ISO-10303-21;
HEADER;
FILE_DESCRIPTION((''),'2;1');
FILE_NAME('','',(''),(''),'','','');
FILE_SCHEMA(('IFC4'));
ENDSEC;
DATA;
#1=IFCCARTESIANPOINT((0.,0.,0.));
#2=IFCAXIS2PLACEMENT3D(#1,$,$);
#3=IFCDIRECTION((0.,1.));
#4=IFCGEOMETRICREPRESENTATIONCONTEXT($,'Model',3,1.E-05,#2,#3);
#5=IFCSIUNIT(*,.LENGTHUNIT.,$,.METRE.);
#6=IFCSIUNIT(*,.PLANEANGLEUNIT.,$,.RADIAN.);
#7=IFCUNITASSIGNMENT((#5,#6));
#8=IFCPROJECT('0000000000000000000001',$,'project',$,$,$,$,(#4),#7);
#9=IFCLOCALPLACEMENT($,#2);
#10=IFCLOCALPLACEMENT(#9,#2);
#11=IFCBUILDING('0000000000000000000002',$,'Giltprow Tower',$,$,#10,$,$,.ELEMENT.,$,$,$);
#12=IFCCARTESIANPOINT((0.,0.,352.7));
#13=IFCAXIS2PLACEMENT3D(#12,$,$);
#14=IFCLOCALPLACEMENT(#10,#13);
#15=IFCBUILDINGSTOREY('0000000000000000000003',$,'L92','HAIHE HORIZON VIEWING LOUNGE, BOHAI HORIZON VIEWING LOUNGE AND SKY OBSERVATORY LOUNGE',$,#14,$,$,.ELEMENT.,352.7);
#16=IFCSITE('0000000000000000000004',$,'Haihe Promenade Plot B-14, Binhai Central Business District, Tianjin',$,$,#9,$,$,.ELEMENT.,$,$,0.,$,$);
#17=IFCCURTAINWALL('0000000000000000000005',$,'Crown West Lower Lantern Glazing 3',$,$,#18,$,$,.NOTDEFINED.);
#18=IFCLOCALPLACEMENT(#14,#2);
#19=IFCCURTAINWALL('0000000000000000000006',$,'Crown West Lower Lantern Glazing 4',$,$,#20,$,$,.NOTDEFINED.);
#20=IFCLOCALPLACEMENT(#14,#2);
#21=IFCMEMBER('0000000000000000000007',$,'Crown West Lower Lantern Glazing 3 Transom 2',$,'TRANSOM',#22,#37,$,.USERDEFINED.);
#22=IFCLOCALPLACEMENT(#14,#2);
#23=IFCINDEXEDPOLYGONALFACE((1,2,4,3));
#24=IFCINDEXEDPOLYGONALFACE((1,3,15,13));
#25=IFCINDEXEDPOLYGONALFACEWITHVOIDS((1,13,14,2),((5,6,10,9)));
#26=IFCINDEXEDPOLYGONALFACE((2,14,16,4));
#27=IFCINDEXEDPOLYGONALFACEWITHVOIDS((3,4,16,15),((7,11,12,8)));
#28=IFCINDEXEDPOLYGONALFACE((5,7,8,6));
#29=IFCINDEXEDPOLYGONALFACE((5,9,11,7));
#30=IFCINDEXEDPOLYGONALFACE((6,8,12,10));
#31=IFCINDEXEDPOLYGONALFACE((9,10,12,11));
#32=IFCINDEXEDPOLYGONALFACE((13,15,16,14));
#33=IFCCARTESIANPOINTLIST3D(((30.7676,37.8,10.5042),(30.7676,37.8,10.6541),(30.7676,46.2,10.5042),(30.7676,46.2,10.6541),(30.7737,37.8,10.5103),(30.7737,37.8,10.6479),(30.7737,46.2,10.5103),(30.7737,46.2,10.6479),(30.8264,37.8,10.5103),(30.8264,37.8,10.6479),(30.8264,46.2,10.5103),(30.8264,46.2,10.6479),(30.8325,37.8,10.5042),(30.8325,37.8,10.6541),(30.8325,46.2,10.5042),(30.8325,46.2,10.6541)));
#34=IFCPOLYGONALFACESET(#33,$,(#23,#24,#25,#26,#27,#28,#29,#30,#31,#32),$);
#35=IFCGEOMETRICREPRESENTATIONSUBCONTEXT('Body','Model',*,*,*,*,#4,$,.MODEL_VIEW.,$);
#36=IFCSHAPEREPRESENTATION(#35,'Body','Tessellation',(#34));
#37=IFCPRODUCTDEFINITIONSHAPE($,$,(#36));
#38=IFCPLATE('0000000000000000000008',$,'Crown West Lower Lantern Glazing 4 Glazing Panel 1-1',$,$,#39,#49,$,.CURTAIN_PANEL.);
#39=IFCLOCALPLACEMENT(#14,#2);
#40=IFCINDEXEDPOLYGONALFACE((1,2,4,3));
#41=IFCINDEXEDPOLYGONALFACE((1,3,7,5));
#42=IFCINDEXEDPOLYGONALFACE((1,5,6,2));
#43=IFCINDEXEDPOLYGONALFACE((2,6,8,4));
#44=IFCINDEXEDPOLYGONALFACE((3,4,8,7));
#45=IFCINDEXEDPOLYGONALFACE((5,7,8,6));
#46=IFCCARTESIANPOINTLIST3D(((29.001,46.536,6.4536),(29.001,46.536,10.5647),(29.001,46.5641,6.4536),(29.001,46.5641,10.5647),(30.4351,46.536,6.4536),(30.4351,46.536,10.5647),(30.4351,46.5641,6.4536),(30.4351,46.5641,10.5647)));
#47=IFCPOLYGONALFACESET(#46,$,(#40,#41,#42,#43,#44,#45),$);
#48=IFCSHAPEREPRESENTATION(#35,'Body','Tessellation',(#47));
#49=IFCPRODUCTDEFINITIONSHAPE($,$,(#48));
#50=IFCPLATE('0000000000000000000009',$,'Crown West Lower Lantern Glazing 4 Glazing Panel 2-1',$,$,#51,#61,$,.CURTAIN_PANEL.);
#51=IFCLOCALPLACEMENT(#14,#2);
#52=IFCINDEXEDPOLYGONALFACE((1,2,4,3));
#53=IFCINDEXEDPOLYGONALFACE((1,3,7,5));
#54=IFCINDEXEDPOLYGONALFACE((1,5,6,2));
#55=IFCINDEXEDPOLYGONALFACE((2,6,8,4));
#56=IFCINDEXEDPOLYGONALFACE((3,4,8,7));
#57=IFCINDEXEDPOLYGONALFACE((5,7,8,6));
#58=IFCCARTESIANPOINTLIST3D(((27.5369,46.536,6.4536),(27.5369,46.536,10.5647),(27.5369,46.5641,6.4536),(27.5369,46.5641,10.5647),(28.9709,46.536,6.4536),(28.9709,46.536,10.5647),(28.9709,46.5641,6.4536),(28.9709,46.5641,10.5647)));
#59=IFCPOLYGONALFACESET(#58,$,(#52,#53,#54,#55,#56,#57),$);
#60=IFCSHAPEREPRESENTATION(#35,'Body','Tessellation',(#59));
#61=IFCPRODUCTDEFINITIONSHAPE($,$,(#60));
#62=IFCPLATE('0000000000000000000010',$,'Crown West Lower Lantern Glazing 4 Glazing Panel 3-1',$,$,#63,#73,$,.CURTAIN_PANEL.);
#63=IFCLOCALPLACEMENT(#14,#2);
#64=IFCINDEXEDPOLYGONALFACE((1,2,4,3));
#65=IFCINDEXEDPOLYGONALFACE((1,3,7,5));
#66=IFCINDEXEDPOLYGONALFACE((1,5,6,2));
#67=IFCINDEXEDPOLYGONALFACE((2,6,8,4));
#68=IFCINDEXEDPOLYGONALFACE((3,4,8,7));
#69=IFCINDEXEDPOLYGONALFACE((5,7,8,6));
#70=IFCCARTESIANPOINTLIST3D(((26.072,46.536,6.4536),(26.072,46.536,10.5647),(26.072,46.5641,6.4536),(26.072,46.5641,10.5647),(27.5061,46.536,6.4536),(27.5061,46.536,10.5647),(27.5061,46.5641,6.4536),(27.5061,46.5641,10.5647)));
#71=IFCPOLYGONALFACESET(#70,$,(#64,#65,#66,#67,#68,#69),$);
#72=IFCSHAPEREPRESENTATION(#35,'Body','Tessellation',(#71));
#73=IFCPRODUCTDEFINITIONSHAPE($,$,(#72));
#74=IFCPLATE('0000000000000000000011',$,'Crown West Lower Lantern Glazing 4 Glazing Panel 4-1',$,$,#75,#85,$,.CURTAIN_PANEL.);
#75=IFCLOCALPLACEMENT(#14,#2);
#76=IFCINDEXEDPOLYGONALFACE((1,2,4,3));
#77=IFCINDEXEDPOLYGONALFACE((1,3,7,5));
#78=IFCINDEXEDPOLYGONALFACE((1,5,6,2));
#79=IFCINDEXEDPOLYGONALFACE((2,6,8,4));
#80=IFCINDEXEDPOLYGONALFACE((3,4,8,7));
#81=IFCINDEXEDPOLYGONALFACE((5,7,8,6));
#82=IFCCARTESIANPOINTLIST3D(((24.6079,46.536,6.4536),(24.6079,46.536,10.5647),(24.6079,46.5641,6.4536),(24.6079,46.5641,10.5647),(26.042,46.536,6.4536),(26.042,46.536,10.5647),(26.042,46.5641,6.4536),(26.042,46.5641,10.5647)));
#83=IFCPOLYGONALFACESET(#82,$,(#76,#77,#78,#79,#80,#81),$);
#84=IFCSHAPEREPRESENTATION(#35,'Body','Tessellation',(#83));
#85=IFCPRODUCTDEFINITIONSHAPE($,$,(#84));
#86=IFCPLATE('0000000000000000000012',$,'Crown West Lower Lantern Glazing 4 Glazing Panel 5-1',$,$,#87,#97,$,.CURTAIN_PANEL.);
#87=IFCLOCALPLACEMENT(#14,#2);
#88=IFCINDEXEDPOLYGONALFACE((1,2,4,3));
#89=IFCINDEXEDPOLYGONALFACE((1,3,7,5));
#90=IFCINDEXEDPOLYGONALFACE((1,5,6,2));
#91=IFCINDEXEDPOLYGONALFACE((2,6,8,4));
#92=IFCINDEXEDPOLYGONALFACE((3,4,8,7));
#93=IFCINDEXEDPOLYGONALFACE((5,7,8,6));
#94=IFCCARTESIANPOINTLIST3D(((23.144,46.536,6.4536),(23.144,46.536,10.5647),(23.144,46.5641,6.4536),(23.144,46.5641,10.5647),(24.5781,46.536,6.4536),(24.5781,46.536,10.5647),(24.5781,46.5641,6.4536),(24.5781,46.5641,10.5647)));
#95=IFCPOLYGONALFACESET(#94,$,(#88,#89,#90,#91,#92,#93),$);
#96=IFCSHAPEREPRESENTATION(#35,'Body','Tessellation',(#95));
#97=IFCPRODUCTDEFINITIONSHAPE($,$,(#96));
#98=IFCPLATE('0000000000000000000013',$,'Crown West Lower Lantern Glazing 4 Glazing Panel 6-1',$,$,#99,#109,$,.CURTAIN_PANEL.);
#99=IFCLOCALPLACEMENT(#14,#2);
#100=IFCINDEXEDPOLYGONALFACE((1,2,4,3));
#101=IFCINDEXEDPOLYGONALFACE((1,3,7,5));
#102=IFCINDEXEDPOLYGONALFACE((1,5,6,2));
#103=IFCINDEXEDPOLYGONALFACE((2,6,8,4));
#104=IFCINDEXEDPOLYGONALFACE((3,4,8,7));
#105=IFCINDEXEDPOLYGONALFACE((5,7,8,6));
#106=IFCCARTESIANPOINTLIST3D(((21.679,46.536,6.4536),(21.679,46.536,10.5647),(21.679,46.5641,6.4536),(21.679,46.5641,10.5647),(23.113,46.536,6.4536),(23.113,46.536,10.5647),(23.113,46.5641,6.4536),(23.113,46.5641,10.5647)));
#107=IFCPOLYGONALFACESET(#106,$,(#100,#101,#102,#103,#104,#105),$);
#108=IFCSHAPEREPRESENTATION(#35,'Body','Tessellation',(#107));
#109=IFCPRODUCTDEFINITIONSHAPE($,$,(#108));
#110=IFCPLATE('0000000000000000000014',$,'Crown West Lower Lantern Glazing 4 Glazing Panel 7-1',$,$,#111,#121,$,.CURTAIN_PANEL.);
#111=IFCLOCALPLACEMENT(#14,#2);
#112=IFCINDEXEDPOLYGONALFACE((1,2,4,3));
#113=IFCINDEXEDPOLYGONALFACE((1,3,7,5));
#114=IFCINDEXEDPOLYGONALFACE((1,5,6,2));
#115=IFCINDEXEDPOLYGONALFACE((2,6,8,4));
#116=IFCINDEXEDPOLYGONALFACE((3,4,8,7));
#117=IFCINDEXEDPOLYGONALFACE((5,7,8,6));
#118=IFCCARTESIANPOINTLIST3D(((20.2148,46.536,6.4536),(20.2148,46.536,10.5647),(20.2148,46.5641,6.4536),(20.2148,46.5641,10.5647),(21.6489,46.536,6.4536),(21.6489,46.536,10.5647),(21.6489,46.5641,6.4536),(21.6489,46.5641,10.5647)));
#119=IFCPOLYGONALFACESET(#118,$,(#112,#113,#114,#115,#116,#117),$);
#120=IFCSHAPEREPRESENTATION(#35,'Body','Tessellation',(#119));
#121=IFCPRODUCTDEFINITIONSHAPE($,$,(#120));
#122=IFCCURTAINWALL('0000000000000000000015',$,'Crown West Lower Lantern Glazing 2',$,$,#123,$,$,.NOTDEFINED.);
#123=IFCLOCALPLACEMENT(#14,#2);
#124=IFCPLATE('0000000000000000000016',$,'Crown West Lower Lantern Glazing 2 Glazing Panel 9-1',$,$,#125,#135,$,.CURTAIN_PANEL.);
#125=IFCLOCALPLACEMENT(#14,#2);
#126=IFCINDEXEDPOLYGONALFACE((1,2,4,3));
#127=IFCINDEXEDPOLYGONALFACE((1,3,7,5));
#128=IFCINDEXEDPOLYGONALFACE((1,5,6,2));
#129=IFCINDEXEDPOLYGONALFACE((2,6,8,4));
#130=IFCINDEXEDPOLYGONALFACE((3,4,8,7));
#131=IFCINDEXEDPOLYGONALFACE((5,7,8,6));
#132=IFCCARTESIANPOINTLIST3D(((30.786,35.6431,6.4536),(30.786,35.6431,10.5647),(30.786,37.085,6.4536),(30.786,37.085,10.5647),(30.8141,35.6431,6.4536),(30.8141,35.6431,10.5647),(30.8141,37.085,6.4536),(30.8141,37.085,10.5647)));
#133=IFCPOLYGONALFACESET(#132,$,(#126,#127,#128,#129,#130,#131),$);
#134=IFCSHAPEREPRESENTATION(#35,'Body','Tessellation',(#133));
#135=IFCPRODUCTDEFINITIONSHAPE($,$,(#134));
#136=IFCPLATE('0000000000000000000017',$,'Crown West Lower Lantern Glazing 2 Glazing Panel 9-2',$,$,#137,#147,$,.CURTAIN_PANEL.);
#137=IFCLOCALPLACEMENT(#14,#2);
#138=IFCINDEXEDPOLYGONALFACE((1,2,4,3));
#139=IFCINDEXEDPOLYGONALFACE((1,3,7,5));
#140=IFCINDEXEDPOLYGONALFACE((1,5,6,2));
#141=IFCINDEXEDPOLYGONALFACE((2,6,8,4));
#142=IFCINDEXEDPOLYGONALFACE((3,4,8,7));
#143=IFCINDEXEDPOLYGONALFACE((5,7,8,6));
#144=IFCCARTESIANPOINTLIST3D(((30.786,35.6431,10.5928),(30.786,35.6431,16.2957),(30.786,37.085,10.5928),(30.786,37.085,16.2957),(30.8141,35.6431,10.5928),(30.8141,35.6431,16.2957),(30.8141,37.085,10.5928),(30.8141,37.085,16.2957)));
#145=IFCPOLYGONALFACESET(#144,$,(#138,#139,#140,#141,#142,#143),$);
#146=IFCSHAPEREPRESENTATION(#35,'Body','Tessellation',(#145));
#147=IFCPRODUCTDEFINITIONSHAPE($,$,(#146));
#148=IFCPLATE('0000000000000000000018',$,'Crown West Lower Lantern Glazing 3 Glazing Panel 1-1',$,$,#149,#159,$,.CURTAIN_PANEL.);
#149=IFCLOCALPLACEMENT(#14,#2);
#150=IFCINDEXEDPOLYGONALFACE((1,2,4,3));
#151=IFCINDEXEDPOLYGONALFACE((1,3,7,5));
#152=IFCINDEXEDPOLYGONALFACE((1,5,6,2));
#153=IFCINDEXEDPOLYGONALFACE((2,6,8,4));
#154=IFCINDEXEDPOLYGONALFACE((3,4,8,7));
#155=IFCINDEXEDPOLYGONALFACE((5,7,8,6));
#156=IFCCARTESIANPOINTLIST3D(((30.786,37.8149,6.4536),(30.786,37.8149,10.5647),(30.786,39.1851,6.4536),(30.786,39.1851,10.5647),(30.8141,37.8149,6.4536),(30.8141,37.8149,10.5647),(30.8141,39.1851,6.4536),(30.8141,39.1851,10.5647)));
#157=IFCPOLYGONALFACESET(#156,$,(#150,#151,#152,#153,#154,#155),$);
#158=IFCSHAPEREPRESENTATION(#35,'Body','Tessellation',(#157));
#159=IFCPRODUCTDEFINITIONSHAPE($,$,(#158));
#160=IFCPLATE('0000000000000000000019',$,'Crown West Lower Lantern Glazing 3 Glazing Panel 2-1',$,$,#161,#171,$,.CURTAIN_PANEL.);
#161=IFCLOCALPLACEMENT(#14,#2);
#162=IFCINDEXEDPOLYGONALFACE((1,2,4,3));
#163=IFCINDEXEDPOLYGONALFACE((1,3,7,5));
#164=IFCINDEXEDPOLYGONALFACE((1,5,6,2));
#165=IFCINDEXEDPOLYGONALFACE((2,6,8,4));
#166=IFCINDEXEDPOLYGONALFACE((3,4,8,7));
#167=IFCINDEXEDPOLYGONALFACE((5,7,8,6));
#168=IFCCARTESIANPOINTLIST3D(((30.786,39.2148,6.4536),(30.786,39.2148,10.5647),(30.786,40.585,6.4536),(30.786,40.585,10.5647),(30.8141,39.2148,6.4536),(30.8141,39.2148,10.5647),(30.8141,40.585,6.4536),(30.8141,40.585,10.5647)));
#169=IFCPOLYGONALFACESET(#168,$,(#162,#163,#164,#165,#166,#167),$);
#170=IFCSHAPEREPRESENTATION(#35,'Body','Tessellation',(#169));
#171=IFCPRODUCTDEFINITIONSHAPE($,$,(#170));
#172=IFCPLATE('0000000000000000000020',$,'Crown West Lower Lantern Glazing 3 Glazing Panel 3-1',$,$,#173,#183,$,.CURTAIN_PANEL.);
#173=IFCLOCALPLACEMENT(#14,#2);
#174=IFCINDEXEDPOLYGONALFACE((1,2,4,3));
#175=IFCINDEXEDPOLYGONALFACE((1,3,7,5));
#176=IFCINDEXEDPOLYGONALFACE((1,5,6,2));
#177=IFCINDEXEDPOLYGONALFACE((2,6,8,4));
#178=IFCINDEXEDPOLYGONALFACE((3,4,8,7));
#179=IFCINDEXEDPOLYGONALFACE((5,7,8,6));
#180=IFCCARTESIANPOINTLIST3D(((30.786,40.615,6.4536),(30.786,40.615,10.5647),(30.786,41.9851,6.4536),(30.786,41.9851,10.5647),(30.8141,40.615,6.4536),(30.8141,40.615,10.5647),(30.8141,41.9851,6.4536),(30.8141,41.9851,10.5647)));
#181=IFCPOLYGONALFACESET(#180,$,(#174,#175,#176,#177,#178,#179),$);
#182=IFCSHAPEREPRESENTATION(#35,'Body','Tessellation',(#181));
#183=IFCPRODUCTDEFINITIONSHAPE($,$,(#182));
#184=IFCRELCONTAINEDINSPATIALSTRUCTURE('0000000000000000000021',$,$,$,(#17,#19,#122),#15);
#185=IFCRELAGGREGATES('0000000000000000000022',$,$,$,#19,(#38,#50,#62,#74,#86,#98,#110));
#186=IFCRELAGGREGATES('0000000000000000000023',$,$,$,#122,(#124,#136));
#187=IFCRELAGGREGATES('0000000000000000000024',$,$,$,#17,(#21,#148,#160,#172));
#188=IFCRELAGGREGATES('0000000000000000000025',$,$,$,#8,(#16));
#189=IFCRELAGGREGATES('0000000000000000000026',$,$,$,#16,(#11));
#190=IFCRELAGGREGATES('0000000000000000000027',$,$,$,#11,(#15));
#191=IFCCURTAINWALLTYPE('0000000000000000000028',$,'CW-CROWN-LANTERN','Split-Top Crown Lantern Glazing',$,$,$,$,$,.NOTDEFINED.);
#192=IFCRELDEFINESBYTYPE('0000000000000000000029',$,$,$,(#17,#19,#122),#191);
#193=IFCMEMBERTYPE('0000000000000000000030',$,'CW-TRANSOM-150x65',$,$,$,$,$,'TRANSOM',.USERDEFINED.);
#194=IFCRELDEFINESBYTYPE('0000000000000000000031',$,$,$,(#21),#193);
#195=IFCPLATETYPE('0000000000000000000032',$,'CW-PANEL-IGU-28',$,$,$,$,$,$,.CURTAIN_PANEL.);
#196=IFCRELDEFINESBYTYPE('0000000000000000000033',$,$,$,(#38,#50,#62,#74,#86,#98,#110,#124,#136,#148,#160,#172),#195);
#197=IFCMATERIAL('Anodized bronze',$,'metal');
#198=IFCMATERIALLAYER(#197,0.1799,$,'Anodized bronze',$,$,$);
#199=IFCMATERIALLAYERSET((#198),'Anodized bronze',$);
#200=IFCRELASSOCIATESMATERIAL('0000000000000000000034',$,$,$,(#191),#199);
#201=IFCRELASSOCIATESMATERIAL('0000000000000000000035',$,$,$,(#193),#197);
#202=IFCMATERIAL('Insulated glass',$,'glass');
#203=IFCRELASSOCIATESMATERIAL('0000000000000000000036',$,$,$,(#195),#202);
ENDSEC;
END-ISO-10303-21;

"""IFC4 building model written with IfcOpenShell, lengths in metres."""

from ifc_helpers import new_model, si_unit, direction, frame, origin, origin_2d, place, context, subcontext, project, spatial, rectangle, hollow_rectangle, extrude, source, transform, mapped, material, layer, layer_set, material_profile, profile_set, type_object, element, aggregate, save


model = new_model("IFC4")

# Units and contexts
model_context = context("Model", 3, precision=1e-05, world=origin(), true_north=direction((0.0, 1.0)))
body_context = subcontext(model_context, "Body", "Model", "MODEL_VIEW")
ifc_project = project(units=[si_unit("LENGTHUNIT", "METRE"), si_unit("PLANEANGLEUNIT", "RADIAN")], contexts=[model_context])

# Site, building, storey
site_placement = place(None, origin())
site = spatial("IfcSite", under=ifc_project, at=site_placement, Name="Haihe Promenade Plot B-14, Binhai Central Business District, Tianjin", CompositionType="ELEMENT", RefElevation=0.0)
building_placement = place(site_placement, origin())
building = spatial("IfcBuilding", under=site, at=building_placement, Name="Giltprow Tower", CompositionType="ELEMENT")
storey_placement = place(building_placement, frame((0.0, 0.0, 352.7)))
storey = spatial("IfcBuildingStorey", under=building, at=storey_placement, Name="L92", Description="HAIHE HORIZON VIEWING LOUNGE, BOHAI HORIZON VIEWING LOUNGE AND SKY OBSERVATORY LOUNGE", CompositionType="ELEMENT", Elevation=352.7)

# Curtain walls
ifc_material_1 = material(Name="Anodized bronze", Category="metal")
ifc_layer = layer(ifc_material_1, 0.1799, Name="Anodized bronze")
ifc_layer_set = layer_set([ifc_layer], Name="Anodized bronze")
curtain_wall_type = type_object("IfcCurtainWallType", Name="CW-CROWN-LANTERN", Description="Split-Top Crown Lantern Glazing", PredefinedType="NOTDEFINED", material=ifc_layer_set)
curtain_wall_1_placement = place(storey_placement, origin())
curtain_wall_1 = element("IfcCurtainWall", 1, at=curtain_wall_1_placement, inside=storey, type_object=curtain_wall_type, Name="Crown West Lower Lantern Glazing 3", PredefinedType="NOTDEFINED")
curtain_wall_2_placement = place(storey_placement, origin())
curtain_wall_2 = element("IfcCurtainWall", 2, at=curtain_wall_2_placement, inside=storey, type_object=curtain_wall_type, Name="Crown West Lower Lantern Glazing 4", PredefinedType="NOTDEFINED")
ifc_material_profile_1 = material_profile(ifc_material_1, hollow_rectangle(XDim=0.0649, YDim=0.1499, WallThickness=0.0061, at=origin_2d()), Name="RHS 150x65x6")
ifc_profile_set_1 = profile_set([ifc_material_profile_1], Name="Anodized bronze")
member_type_1 = type_object("IfcMemberType", Name="CW-TRANSOM-150x65", ElementType="TRANSOM", PredefinedType="USERDEFINED", material=ifc_profile_set_1)

# Member
shared_shape_1 = source(origin(), body_context, "Body", "SweptSolid", [
    extrude(hollow_rectangle(XDim=0.0649, YDim=0.1499, WallThickness=0.0061, at=origin_2d()), origin(), (0.0, 0.0, 1.0), 8.3999),
])
member_1_placement = place(storey_placement, frame((30.8, 37.8, 10.5791), z_axis=(0.0, 1.0, 0.0), x_axis=(-1.0, 0.0, 0.0)))
member_1 = element("IfcMember", 3, at=member_1_placement, type_object=member_type_1, Name="Crown West Lower Lantern Glazing 3 Transom 2", ObjectType="TRANSOM", PredefinedType="USERDEFINED", context=body_context, shape_type="MappedRepresentation", body=[
    mapped(shared_shape_1, transform((0.0, 0.0, 0.0), x_axis=(1.0, 0.0, 0.0), y_axis=(0.0, 1.0, 0.0), z_axis=(0.0, 0.0, 1.0), scale=1.0)),
])

# Plates
ifc_material_2 = material(Name="Insulated glass", Category="glass")
plate_type = type_object("IfcPlateType", Name="CW-PANEL-IGU-28", PredefinedType="CURTAIN_PANEL", material=ifc_material_2)
shared_shape_2 = source(origin(), body_context, "Body", "SweptSolid", [
    extrude(rectangle(XDim=1.4341, YDim=0.0281, at=origin_2d()), origin(), (0.0, 0.0, 1.0), 4.1111),
])
plate_1_placement = place(storey_placement, frame((29.718, 46.55, 6.4536), z_axis=(0.0, 0.0, 1.0), x_axis=(-1.0, 0.0, 0.0)))
plate_1 = element("IfcPlate", 4, at=plate_1_placement, type_object=plate_type, Name="Crown West Lower Lantern Glazing 4 Glazing Panel 1-1", PredefinedType="CURTAIN_PANEL", context=body_context, shape_type="MappedRepresentation", body=[
    mapped(shared_shape_2, transform((0.0, 0.0, 0.0), x_axis=(1.0, 0.0, 0.0), y_axis=(0.0, 1.0, 0.0), z_axis=(0.0, 0.0, 1.0), scale=1.0)),
])
plate_2_placement = place(storey_placement, frame((28.2539, 46.55, 6.4536), z_axis=(0.0, 0.0, 1.0), x_axis=(-1.0, 0.0, 0.0)))
plate_2 = element("IfcPlate", 5, at=plate_2_placement, type_object=plate_type, Name="Crown West Lower Lantern Glazing 4 Glazing Panel 2-1", PredefinedType="CURTAIN_PANEL", context=body_context, shape_type="MappedRepresentation", body=[
    mapped(shared_shape_2, transform((0.0, 0.0, 0.0), x_axis=(1.0, 0.0, 0.0), y_axis=(0.0, 1.0, 0.0), z_axis=(0.0, 0.0, 1.0), scale=1.0)),
])
plate_3_placement = place(storey_placement, frame((26.7891, 46.55, 6.4536), z_axis=(0.0, 0.0, 1.0), x_axis=(-1.0, 0.0, 0.0)))
plate_3 = element("IfcPlate", 6, at=plate_3_placement, type_object=plate_type, Name="Crown West Lower Lantern Glazing 4 Glazing Panel 3-1", PredefinedType="CURTAIN_PANEL", context=body_context, shape_type="MappedRepresentation", body=[
    mapped(shared_shape_2, transform((0.0, 0.0, 0.0), x_axis=(1.0, 0.0, 0.0), y_axis=(0.0, 1.0, 0.0), z_axis=(0.0, 0.0, 1.0), scale=1.0)),
])
plate_4_placement = place(storey_placement, frame((25.325, 46.55, 6.4536), z_axis=(0.0, 0.0, 1.0), x_axis=(-1.0, 0.0, 0.0)))
plate_4 = element("IfcPlate", 7, at=plate_4_placement, type_object=plate_type, Name="Crown West Lower Lantern Glazing 4 Glazing Panel 4-1", PredefinedType="CURTAIN_PANEL", context=body_context, shape_type="MappedRepresentation", body=[
    mapped(shared_shape_2, transform((0.0, 0.0, 0.0), x_axis=(1.0, 0.0, 0.0), y_axis=(0.0, 1.0, 0.0), z_axis=(0.0, 0.0, 1.0), scale=1.0)),
])
plate_5_placement = place(storey_placement, frame((23.8611, 46.55, 6.4536), z_axis=(0.0, 0.0, 1.0), x_axis=(-1.0, 0.0, 0.0)))
plate_5 = element("IfcPlate", 8, at=plate_5_placement, type_object=plate_type, Name="Crown West Lower Lantern Glazing 4 Glazing Panel 5-1", PredefinedType="CURTAIN_PANEL", context=body_context, shape_type="MappedRepresentation", body=[
    mapped(shared_shape_2, transform((0.0, 0.0, 0.0), x_axis=(1.0, 0.0, 0.0), y_axis=(0.0, 1.0, 0.0), z_axis=(0.0, 0.0, 1.0), scale=1.0)),
])
plate_6_placement = place(storey_placement, frame((22.396, 46.55, 6.4536), z_axis=(0.0, 0.0, 1.0), x_axis=(-1.0, 0.0, 0.0)))
plate_6 = element("IfcPlate", 9, at=plate_6_placement, type_object=plate_type, Name="Crown West Lower Lantern Glazing 4 Glazing Panel 6-1", PredefinedType="CURTAIN_PANEL", context=body_context, shape_type="MappedRepresentation", body=[
    mapped(shared_shape_2, transform((0.0, 0.0, 0.0), x_axis=(1.0, 0.0, 0.0), y_axis=(0.0, 1.0, 0.0), z_axis=(0.0, 0.0, 1.0), scale=1.0)),
])
plate_7_placement = place(storey_placement, frame((20.9319, 46.55, 6.4536), z_axis=(0.0, 0.0, 1.0), x_axis=(-1.0, 0.0, 0.0)))
plate_7 = element("IfcPlate", 10, at=plate_7_placement, type_object=plate_type, Name="Crown West Lower Lantern Glazing 4 Glazing Panel 7-1", PredefinedType="CURTAIN_PANEL", context=body_context, shape_type="MappedRepresentation", body=[
    mapped(shared_shape_2, transform((0.0, 0.0, 0.0), x_axis=(1.0, 0.0, 0.0), y_axis=(0.0, 1.0, 0.0), z_axis=(0.0, 0.0, 1.0), scale=1.0)),
])
aggregate(curtain_wall_2, [plate_1, plate_2, plate_3, plate_4, plate_5, plate_6, plate_7])

# Curtain wall, plates
curtain_wall_3_placement = place(storey_placement, origin())
curtain_wall_3 = element("IfcCurtainWall", 11, at=curtain_wall_3_placement, inside=storey, type_object=curtain_wall_type, Name="Crown West Lower Lantern Glazing 2", PredefinedType="NOTDEFINED")
shared_shape_3 = source(origin(), body_context, "Body", "SweptSolid", [
    extrude(rectangle(XDim=1.4419, YDim=0.0281, at=origin_2d()), origin(), (0.0, 0.0, 1.0), 4.1111),
])
plate_8_placement = place(storey_placement, frame((30.8, 36.364, 6.4536), z_axis=(0.0, 0.0, 1.0), x_axis=(0.0, 1.0, 0.0)))
plate_8 = element("IfcPlate", 12, at=plate_8_placement, type_object=plate_type, Name="Crown West Lower Lantern Glazing 2 Glazing Panel 9-1", PredefinedType="CURTAIN_PANEL", context=body_context, shape_type="MappedRepresentation", body=[
    mapped(shared_shape_3, transform((0.0, 0.0, 0.0), x_axis=(1.0, 0.0, 0.0), y_axis=(0.0, 1.0, 0.0), z_axis=(0.0, 0.0, 1.0), scale=1.0)),
])
shared_shape_4 = source(origin(), body_context, "Body", "SweptSolid", [
    extrude(rectangle(XDim=1.4419, YDim=0.0281, at=origin_2d()), origin(), (0.0, 0.0, 1.0), 5.7029),
])
plate_9_placement = place(storey_placement, frame((30.8, 36.364, 10.5928), z_axis=(0.0, 0.0, 1.0), x_axis=(0.0, 1.0, 0.0)))
plate_9 = element("IfcPlate", 13, at=plate_9_placement, type_object=plate_type, Name="Crown West Lower Lantern Glazing 2 Glazing Panel 9-2", PredefinedType="CURTAIN_PANEL", context=body_context, shape_type="MappedRepresentation", body=[
    mapped(shared_shape_4, transform((0.0, 0.0, 0.0), x_axis=(1.0, 0.0, 0.0), y_axis=(0.0, 1.0, 0.0), z_axis=(0.0, 0.0, 1.0), scale=1.0)),
])
aggregate(curtain_wall_3, [plate_8, plate_9])

# Plates
shared_shape_5 = source(origin(), body_context, "Body", "SweptSolid", [
    extrude(rectangle(XDim=1.3701, YDim=0.0281, at=origin_2d()), origin(), (0.0, 0.0, 1.0), 4.1111),
])
plate_10_placement = place(storey_placement, frame((30.8, 38.5, 6.4536), z_axis=(0.0, 0.0, 1.0), x_axis=(0.0, 1.0, 0.0)))
plate_10 = element("IfcPlate", 14, at=plate_10_placement, type_object=plate_type, Name="Crown West Lower Lantern Glazing 3 Glazing Panel 1-1", PredefinedType="CURTAIN_PANEL", context=body_context, shape_type="MappedRepresentation", body=[
    mapped(shared_shape_5, transform((0.0, 0.0, 0.0), x_axis=(1.0, 0.0, 0.0), y_axis=(0.0, 1.0, 0.0), z_axis=(0.0, 0.0, 1.0), scale=1.0)),
])
plate_11_placement = place(storey_placement, frame((30.8, 39.8999, 6.4536), z_axis=(0.0, 0.0, 1.0), x_axis=(0.0, 1.0, 0.0)))
plate_11 = element("IfcPlate", 15, at=plate_11_placement, type_object=plate_type, Name="Crown West Lower Lantern Glazing 3 Glazing Panel 2-1", PredefinedType="CURTAIN_PANEL", context=body_context, shape_type="MappedRepresentation", body=[
    mapped(shared_shape_5, transform((0.0, 0.0, 0.0), x_axis=(1.0, 0.0, 0.0), y_axis=(0.0, 1.0, 0.0), z_axis=(0.0, 0.0, 1.0), scale=1.0)),
])
plate_12_placement = place(storey_placement, frame((30.8, 41.3, 6.4536), z_axis=(0.0, 0.0, 1.0), x_axis=(0.0, 1.0, 0.0)))
plate_12 = element("IfcPlate", 16, at=plate_12_placement, type_object=plate_type, Name="Crown West Lower Lantern Glazing 3 Glazing Panel 3-1", PredefinedType="CURTAIN_PANEL", context=body_context, shape_type="MappedRepresentation", body=[
    mapped(shared_shape_5, transform((0.0, 0.0, 0.0), x_axis=(1.0, 0.0, 0.0), y_axis=(0.0, 1.0, 0.0), z_axis=(0.0, 0.0, 1.0), scale=1.0)),
])
aggregate(curtain_wall_1, [member_1, plate_10, plate_11, plate_12])

save(model, "model.ifc")
